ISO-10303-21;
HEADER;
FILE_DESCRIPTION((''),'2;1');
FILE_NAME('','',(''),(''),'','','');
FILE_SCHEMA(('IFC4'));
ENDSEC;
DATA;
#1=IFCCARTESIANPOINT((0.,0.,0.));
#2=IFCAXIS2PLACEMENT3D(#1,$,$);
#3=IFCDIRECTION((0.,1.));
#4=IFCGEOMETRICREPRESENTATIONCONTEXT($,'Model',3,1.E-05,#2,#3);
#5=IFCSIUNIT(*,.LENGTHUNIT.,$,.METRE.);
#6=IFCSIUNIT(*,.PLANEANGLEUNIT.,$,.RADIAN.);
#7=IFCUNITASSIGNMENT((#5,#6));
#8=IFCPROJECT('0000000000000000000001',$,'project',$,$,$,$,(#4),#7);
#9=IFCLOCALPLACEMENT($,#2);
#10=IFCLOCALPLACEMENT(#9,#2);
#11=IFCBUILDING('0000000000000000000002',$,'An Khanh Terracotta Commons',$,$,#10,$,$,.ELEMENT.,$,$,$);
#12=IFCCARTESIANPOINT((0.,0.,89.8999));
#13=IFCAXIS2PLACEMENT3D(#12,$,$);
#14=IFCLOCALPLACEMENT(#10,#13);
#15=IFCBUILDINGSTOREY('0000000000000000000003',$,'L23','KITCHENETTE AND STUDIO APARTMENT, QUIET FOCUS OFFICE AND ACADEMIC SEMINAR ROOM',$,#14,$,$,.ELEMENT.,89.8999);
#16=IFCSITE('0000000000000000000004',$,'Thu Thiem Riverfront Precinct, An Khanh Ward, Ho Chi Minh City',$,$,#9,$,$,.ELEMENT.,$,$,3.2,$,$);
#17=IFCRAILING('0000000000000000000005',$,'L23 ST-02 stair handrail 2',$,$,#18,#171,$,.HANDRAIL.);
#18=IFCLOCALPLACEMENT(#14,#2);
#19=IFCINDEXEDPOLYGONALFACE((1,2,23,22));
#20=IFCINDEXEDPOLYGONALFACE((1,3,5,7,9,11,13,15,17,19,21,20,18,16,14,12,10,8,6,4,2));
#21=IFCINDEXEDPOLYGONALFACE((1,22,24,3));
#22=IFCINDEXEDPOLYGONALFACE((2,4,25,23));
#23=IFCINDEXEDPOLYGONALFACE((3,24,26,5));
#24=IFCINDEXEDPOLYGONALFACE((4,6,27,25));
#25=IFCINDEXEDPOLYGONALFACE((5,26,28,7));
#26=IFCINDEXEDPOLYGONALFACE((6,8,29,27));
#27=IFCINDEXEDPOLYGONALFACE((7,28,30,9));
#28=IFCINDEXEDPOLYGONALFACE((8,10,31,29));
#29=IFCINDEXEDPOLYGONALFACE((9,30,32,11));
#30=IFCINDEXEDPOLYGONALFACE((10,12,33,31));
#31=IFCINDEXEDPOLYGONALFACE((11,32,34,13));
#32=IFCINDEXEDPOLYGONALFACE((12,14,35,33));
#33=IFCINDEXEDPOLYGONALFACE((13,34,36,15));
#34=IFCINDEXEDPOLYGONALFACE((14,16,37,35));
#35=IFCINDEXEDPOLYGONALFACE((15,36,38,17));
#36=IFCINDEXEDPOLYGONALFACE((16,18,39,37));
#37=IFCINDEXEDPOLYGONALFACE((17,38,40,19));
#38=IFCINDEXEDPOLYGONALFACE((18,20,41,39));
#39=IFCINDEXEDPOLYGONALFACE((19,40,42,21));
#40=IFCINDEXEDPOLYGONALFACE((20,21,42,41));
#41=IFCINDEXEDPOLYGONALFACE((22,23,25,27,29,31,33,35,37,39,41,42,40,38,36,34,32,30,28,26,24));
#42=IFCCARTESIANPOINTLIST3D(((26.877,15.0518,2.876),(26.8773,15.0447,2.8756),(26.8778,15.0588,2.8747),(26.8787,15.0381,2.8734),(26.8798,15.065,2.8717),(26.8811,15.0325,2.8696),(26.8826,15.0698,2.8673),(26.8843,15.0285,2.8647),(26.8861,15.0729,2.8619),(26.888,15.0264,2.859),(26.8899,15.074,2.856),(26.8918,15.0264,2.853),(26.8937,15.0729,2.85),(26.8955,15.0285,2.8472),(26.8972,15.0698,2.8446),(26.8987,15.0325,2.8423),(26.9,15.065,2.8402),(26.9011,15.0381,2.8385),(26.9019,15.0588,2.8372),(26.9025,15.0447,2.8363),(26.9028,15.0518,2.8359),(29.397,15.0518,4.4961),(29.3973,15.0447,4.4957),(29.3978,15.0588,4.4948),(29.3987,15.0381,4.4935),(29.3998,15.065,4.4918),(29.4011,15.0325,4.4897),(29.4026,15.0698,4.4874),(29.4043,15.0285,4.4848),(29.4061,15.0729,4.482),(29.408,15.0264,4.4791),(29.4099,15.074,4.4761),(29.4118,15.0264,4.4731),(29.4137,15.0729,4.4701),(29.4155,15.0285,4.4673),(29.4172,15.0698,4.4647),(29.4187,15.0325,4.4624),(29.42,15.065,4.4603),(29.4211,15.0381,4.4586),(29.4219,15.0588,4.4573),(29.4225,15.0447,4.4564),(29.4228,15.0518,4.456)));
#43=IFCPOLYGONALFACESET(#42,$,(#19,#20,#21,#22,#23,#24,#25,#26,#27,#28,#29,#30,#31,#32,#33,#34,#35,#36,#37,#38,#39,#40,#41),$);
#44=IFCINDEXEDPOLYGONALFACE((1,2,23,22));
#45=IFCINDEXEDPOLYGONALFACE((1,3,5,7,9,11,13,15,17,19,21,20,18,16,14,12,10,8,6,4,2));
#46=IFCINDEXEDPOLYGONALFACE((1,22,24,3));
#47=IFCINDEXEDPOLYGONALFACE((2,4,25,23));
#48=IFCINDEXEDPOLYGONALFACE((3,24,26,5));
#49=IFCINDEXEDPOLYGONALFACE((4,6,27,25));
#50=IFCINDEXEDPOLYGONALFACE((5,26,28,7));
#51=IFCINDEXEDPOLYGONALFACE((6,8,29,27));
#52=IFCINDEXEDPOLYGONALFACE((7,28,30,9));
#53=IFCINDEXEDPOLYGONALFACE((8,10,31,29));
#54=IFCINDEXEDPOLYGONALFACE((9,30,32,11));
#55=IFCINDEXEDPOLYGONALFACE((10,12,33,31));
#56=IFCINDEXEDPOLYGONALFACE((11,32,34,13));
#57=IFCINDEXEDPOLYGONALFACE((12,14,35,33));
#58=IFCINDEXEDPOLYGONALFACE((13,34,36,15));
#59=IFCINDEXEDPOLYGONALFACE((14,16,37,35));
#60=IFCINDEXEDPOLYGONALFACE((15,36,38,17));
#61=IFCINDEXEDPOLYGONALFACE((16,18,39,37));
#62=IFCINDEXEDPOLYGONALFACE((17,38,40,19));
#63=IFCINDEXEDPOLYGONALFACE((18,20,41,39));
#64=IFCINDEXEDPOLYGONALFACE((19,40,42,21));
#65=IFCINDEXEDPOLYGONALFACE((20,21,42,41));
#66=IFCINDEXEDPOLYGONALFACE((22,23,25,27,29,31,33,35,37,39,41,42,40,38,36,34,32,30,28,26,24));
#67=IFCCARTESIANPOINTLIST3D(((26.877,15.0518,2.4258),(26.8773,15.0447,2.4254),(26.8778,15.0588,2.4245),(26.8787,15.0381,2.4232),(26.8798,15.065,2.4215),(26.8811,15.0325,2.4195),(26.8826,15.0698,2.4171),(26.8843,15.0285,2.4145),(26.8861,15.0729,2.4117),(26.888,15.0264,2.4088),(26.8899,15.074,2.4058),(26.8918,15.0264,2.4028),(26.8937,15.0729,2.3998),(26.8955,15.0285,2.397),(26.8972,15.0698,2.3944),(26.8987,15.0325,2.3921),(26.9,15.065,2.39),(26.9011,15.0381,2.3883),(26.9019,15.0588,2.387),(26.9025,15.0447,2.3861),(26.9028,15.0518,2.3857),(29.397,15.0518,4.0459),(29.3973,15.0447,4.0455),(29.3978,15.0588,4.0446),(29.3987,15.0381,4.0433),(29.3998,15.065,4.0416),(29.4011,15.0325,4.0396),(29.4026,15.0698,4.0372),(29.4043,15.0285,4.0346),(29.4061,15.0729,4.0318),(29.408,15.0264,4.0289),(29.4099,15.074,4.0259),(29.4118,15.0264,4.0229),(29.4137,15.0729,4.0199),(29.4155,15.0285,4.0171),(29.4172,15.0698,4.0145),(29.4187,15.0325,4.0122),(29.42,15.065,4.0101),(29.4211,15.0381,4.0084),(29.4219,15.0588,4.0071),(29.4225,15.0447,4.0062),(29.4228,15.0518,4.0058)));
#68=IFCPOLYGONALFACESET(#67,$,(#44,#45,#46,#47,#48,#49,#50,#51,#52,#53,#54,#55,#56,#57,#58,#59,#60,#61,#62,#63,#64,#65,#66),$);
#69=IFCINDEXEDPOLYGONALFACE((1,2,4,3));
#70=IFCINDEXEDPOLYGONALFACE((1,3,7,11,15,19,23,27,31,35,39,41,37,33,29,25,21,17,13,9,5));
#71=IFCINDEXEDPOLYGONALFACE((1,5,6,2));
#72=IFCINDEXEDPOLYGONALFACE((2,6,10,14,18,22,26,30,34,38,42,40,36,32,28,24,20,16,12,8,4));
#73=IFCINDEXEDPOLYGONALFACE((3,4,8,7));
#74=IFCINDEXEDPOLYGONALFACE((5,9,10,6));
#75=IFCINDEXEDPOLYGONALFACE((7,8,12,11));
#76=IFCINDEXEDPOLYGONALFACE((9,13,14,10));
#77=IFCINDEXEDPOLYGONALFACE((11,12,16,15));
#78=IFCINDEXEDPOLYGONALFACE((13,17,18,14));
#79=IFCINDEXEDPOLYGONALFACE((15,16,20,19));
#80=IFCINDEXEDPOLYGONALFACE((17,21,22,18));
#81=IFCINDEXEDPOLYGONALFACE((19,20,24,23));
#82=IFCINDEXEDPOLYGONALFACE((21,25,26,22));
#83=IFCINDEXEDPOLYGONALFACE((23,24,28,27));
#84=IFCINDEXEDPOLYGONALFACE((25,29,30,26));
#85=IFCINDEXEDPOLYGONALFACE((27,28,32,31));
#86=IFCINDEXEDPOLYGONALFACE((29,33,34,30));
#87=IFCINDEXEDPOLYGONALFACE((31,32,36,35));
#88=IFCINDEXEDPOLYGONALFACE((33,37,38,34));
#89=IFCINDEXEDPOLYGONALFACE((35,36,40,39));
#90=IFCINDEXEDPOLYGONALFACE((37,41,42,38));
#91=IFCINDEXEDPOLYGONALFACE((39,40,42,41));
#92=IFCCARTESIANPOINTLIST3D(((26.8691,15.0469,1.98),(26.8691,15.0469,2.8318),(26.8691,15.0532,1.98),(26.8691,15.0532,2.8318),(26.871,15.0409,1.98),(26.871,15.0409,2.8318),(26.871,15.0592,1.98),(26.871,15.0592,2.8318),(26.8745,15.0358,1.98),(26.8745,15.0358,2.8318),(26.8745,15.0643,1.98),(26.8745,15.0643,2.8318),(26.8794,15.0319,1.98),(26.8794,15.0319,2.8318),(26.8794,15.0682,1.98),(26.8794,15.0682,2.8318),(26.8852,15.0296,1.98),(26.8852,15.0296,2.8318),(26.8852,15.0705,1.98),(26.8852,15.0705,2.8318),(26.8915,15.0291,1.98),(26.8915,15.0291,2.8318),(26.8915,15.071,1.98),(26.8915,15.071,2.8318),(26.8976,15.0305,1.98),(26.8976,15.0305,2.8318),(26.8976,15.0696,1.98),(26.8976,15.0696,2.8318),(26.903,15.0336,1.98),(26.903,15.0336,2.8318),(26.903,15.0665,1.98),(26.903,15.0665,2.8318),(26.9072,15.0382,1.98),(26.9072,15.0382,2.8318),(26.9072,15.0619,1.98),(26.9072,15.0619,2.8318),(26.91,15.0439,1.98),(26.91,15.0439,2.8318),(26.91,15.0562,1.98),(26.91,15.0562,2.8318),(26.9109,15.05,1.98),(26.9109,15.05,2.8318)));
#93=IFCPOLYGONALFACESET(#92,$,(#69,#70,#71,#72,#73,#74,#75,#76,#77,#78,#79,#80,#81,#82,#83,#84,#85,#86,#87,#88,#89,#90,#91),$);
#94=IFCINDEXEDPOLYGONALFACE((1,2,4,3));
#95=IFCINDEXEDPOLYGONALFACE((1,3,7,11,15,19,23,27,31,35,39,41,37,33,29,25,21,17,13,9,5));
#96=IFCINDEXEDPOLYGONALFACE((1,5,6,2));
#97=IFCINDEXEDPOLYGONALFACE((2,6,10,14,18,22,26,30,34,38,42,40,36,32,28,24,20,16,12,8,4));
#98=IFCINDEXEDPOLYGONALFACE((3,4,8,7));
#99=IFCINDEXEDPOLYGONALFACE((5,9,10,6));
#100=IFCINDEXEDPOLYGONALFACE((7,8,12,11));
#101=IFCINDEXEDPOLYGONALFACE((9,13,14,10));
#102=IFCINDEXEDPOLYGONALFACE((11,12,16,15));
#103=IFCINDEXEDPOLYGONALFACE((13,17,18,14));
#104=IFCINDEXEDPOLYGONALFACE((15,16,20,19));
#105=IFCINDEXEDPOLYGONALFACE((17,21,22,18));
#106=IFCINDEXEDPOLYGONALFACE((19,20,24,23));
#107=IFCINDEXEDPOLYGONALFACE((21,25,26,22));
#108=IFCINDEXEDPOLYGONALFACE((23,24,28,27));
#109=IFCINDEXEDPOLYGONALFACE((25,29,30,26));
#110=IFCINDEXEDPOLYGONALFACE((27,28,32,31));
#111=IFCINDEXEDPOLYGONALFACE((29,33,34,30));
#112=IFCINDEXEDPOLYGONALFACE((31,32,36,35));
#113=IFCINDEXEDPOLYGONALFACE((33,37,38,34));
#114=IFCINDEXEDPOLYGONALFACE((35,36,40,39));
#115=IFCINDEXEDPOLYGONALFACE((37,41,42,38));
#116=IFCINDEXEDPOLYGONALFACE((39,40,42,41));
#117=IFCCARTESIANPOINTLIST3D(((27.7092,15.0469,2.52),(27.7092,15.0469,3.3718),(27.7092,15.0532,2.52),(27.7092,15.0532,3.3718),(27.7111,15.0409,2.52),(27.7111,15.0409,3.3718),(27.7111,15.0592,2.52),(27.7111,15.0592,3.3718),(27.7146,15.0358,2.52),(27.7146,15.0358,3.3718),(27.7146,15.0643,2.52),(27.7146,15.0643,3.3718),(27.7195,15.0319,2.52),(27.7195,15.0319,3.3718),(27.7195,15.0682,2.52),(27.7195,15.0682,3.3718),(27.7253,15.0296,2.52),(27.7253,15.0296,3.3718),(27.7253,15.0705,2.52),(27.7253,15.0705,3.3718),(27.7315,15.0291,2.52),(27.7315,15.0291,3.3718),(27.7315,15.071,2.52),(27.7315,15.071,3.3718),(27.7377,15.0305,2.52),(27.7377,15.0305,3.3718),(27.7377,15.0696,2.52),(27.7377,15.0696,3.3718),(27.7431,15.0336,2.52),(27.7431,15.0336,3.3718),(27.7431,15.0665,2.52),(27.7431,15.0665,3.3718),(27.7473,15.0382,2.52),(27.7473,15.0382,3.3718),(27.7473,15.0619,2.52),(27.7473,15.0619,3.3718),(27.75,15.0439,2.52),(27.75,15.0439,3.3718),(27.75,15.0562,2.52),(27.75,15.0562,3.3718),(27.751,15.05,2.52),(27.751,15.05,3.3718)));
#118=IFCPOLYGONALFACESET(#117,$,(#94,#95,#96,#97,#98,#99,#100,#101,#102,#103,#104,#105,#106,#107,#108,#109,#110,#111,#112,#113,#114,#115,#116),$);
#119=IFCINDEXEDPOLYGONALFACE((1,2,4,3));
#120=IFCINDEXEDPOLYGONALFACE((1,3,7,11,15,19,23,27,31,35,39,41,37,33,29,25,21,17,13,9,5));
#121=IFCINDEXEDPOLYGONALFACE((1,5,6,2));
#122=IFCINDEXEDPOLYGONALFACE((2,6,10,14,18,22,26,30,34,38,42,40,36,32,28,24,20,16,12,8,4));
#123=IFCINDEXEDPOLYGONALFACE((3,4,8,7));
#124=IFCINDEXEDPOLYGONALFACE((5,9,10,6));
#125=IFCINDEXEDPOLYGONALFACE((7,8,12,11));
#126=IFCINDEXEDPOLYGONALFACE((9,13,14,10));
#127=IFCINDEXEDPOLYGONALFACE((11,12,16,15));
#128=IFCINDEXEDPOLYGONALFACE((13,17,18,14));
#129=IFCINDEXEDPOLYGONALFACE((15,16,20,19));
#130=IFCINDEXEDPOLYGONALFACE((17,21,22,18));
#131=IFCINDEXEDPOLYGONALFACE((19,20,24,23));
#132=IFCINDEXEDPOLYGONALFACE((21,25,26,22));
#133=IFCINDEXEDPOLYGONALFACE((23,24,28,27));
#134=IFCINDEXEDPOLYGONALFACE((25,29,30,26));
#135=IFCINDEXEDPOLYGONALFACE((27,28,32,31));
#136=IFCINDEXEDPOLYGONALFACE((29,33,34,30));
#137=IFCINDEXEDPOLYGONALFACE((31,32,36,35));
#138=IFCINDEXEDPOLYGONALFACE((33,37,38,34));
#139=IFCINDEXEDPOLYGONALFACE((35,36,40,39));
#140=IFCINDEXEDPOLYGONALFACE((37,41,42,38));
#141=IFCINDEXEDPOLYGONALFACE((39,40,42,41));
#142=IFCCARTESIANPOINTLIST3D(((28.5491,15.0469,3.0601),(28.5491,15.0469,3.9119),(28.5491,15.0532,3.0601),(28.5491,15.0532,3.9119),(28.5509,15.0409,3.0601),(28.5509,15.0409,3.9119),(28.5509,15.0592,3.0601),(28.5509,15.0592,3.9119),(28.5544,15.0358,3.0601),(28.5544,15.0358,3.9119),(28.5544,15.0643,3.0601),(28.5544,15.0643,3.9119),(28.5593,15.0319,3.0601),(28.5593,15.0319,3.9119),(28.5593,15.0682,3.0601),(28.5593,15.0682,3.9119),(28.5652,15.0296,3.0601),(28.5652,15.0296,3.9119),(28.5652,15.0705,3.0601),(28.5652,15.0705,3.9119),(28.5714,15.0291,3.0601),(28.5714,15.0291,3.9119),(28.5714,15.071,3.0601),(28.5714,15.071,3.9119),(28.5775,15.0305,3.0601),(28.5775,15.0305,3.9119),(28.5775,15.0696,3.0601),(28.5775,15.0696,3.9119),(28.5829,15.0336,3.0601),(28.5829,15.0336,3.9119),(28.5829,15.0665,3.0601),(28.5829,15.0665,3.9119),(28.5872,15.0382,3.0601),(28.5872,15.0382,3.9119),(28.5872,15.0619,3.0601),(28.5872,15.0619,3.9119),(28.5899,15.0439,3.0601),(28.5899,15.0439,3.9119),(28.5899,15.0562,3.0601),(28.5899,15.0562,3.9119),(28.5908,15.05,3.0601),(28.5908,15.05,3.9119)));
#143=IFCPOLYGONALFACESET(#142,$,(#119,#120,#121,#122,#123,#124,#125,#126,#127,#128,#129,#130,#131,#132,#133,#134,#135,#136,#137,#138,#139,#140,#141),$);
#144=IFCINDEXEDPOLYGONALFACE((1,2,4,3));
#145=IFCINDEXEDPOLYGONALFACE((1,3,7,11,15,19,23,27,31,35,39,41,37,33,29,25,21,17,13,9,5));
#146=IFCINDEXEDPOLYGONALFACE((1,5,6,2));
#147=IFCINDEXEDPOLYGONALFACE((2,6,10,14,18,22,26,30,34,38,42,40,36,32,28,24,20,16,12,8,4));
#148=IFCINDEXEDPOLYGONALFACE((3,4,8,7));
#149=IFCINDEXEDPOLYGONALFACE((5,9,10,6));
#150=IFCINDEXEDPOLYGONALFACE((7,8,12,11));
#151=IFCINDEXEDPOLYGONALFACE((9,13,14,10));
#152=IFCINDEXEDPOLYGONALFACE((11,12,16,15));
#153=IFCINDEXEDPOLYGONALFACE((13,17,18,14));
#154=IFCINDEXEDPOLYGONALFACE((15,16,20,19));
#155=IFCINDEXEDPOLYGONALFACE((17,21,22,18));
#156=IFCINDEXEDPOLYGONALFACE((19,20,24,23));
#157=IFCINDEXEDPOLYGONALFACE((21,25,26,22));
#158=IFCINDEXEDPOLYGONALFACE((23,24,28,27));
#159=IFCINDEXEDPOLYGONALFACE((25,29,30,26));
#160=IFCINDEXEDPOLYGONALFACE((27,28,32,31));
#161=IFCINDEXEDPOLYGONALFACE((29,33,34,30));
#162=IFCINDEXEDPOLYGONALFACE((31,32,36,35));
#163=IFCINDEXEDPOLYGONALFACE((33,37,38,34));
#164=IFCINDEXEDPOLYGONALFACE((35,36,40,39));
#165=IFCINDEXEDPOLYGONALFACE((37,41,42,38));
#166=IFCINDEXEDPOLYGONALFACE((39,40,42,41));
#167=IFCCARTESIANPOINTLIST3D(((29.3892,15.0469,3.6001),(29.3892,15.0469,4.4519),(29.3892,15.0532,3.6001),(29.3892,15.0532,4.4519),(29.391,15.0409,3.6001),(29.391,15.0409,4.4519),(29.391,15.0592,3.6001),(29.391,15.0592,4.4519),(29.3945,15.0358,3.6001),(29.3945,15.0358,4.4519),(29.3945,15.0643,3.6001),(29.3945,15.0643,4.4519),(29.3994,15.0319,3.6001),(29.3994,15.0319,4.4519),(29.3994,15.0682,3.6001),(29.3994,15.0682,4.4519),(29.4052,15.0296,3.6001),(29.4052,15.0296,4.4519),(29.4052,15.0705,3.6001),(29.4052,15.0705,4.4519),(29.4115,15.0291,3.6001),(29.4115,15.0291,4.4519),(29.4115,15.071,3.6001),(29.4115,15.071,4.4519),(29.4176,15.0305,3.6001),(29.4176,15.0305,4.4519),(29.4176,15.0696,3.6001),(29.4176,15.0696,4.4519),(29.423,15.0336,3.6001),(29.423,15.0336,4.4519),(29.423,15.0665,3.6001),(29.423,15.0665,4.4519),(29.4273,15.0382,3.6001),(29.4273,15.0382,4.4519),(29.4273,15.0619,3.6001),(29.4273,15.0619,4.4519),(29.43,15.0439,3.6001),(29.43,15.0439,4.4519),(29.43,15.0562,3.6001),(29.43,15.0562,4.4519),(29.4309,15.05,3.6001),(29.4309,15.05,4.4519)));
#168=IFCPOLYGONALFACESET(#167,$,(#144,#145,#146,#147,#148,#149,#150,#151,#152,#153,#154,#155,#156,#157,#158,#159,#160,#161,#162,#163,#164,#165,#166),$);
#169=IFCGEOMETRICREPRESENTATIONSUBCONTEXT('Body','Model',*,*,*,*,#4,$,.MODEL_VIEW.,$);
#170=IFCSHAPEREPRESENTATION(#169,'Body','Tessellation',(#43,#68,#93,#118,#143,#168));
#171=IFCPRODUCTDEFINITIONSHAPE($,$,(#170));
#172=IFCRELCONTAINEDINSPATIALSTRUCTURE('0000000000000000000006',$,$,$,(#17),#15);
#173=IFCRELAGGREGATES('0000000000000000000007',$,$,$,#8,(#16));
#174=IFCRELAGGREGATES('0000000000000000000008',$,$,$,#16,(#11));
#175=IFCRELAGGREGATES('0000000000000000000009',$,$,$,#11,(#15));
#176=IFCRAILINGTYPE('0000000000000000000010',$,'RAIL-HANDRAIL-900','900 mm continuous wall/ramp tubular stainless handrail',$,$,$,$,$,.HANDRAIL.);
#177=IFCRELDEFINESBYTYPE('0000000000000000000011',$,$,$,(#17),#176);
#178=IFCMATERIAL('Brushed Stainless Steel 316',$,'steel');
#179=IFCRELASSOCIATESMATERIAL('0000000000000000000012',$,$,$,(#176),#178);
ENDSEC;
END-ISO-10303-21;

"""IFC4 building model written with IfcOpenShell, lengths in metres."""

from ifc_helpers import new_model, si_unit, direction, frame, origin, origin_2d, place, context, subcontext, project, spatial, circle, extrude, material, type_object, element, save


model = new_model("IFC4")

# Units and contexts
model_context = context("Model", 3, precision=1e-05, world=origin(), true_north=direction((0.0, 1.0)))
body_context = subcontext(model_context, "Body", "Model", "MODEL_VIEW")
ifc_project = project(units=[si_unit("LENGTHUNIT", "METRE"), si_unit("PLANEANGLEUNIT", "RADIAN")], contexts=[model_context])

# Site, building, storey
site_placement = place(None, origin())
site = spatial("IfcSite", under=ifc_project, at=site_placement, Name="Thu Thiem Riverfront Precinct, An Khanh Ward, Ho Chi Minh City", CompositionType="ELEMENT", RefElevation=3.2)
building_placement = place(site_placement, origin())
building = spatial("IfcBuilding", under=site, at=building_placement, Name="An Khanh Terracotta Commons", CompositionType="ELEMENT")
storey_placement = place(building_placement, frame((0.0, 0.0, 89.8999)))
storey = spatial("IfcBuildingStorey", under=building, at=storey_placement, Name="L23", Description="KITCHENETTE AND STUDIO APARTMENT, QUIET FOCUS OFFICE AND ACADEMIC SEMINAR ROOM", CompositionType="ELEMENT", Elevation=89.8999)

# Railing
ifc_material_1 = material(Name="Brushed Stainless Steel 316", Category="steel")
railing_type_1 = type_object("IfcRailingType", Name="RAIL-HANDRAIL-900", Description="900 mm continuous wall/ramp tubular stainless handrail", PredefinedType="HANDRAIL", material=ifc_material_1)
railing_1_placement = place(storey_placement, frame((26.8899, 15.05, 1.98)))
element("IfcRailing", 1, at=railing_1_placement, inside=storey, type_object=railing_type_1, Name="L23 ST-02 stair handrail 2", PredefinedType="HANDRAIL", context=body_context, shape_type="SweptSolid", body=[
    extrude(circle(Radius=0.0239, at=origin_2d()), frame((0.0, 0.0, 0.876), z_axis=(0.841163, 0.0, 0.540782), x_axis=(0.0, 1.0, 0.0)), (0.0, 0.0, 1.0), 2.9958),
    extrude(circle(Radius=0.0239, at=origin_2d()), frame((0.0, 0.0, 0.4258), z_axis=(0.841163, 0.0, 0.540782), x_axis=(0.0, 1.0, 0.0)), (0.0, 0.0, 1.0), 2.9958),
    extrude(circle(Radius=0.021, at=origin_2d()), origin(), (0.0, 0.0, 1.0), 0.8518),
    extrude(circle(Radius=0.021, at=origin_2d()), frame((0.8401, 0.0, 0.54)), (0.0, 0.0, 1.0), 0.8518),
    extrude(circle(Radius=0.021, at=origin_2d()), frame((1.6799, 0.0, 1.0801)), (0.0, 0.0, 1.0), 0.8518),
    extrude(circle(Radius=0.021, at=origin_2d()), frame((2.52, 0.0, 1.6201)), (0.0, 0.0, 1.0), 0.8518),
])

save(model, "model.ifc")
